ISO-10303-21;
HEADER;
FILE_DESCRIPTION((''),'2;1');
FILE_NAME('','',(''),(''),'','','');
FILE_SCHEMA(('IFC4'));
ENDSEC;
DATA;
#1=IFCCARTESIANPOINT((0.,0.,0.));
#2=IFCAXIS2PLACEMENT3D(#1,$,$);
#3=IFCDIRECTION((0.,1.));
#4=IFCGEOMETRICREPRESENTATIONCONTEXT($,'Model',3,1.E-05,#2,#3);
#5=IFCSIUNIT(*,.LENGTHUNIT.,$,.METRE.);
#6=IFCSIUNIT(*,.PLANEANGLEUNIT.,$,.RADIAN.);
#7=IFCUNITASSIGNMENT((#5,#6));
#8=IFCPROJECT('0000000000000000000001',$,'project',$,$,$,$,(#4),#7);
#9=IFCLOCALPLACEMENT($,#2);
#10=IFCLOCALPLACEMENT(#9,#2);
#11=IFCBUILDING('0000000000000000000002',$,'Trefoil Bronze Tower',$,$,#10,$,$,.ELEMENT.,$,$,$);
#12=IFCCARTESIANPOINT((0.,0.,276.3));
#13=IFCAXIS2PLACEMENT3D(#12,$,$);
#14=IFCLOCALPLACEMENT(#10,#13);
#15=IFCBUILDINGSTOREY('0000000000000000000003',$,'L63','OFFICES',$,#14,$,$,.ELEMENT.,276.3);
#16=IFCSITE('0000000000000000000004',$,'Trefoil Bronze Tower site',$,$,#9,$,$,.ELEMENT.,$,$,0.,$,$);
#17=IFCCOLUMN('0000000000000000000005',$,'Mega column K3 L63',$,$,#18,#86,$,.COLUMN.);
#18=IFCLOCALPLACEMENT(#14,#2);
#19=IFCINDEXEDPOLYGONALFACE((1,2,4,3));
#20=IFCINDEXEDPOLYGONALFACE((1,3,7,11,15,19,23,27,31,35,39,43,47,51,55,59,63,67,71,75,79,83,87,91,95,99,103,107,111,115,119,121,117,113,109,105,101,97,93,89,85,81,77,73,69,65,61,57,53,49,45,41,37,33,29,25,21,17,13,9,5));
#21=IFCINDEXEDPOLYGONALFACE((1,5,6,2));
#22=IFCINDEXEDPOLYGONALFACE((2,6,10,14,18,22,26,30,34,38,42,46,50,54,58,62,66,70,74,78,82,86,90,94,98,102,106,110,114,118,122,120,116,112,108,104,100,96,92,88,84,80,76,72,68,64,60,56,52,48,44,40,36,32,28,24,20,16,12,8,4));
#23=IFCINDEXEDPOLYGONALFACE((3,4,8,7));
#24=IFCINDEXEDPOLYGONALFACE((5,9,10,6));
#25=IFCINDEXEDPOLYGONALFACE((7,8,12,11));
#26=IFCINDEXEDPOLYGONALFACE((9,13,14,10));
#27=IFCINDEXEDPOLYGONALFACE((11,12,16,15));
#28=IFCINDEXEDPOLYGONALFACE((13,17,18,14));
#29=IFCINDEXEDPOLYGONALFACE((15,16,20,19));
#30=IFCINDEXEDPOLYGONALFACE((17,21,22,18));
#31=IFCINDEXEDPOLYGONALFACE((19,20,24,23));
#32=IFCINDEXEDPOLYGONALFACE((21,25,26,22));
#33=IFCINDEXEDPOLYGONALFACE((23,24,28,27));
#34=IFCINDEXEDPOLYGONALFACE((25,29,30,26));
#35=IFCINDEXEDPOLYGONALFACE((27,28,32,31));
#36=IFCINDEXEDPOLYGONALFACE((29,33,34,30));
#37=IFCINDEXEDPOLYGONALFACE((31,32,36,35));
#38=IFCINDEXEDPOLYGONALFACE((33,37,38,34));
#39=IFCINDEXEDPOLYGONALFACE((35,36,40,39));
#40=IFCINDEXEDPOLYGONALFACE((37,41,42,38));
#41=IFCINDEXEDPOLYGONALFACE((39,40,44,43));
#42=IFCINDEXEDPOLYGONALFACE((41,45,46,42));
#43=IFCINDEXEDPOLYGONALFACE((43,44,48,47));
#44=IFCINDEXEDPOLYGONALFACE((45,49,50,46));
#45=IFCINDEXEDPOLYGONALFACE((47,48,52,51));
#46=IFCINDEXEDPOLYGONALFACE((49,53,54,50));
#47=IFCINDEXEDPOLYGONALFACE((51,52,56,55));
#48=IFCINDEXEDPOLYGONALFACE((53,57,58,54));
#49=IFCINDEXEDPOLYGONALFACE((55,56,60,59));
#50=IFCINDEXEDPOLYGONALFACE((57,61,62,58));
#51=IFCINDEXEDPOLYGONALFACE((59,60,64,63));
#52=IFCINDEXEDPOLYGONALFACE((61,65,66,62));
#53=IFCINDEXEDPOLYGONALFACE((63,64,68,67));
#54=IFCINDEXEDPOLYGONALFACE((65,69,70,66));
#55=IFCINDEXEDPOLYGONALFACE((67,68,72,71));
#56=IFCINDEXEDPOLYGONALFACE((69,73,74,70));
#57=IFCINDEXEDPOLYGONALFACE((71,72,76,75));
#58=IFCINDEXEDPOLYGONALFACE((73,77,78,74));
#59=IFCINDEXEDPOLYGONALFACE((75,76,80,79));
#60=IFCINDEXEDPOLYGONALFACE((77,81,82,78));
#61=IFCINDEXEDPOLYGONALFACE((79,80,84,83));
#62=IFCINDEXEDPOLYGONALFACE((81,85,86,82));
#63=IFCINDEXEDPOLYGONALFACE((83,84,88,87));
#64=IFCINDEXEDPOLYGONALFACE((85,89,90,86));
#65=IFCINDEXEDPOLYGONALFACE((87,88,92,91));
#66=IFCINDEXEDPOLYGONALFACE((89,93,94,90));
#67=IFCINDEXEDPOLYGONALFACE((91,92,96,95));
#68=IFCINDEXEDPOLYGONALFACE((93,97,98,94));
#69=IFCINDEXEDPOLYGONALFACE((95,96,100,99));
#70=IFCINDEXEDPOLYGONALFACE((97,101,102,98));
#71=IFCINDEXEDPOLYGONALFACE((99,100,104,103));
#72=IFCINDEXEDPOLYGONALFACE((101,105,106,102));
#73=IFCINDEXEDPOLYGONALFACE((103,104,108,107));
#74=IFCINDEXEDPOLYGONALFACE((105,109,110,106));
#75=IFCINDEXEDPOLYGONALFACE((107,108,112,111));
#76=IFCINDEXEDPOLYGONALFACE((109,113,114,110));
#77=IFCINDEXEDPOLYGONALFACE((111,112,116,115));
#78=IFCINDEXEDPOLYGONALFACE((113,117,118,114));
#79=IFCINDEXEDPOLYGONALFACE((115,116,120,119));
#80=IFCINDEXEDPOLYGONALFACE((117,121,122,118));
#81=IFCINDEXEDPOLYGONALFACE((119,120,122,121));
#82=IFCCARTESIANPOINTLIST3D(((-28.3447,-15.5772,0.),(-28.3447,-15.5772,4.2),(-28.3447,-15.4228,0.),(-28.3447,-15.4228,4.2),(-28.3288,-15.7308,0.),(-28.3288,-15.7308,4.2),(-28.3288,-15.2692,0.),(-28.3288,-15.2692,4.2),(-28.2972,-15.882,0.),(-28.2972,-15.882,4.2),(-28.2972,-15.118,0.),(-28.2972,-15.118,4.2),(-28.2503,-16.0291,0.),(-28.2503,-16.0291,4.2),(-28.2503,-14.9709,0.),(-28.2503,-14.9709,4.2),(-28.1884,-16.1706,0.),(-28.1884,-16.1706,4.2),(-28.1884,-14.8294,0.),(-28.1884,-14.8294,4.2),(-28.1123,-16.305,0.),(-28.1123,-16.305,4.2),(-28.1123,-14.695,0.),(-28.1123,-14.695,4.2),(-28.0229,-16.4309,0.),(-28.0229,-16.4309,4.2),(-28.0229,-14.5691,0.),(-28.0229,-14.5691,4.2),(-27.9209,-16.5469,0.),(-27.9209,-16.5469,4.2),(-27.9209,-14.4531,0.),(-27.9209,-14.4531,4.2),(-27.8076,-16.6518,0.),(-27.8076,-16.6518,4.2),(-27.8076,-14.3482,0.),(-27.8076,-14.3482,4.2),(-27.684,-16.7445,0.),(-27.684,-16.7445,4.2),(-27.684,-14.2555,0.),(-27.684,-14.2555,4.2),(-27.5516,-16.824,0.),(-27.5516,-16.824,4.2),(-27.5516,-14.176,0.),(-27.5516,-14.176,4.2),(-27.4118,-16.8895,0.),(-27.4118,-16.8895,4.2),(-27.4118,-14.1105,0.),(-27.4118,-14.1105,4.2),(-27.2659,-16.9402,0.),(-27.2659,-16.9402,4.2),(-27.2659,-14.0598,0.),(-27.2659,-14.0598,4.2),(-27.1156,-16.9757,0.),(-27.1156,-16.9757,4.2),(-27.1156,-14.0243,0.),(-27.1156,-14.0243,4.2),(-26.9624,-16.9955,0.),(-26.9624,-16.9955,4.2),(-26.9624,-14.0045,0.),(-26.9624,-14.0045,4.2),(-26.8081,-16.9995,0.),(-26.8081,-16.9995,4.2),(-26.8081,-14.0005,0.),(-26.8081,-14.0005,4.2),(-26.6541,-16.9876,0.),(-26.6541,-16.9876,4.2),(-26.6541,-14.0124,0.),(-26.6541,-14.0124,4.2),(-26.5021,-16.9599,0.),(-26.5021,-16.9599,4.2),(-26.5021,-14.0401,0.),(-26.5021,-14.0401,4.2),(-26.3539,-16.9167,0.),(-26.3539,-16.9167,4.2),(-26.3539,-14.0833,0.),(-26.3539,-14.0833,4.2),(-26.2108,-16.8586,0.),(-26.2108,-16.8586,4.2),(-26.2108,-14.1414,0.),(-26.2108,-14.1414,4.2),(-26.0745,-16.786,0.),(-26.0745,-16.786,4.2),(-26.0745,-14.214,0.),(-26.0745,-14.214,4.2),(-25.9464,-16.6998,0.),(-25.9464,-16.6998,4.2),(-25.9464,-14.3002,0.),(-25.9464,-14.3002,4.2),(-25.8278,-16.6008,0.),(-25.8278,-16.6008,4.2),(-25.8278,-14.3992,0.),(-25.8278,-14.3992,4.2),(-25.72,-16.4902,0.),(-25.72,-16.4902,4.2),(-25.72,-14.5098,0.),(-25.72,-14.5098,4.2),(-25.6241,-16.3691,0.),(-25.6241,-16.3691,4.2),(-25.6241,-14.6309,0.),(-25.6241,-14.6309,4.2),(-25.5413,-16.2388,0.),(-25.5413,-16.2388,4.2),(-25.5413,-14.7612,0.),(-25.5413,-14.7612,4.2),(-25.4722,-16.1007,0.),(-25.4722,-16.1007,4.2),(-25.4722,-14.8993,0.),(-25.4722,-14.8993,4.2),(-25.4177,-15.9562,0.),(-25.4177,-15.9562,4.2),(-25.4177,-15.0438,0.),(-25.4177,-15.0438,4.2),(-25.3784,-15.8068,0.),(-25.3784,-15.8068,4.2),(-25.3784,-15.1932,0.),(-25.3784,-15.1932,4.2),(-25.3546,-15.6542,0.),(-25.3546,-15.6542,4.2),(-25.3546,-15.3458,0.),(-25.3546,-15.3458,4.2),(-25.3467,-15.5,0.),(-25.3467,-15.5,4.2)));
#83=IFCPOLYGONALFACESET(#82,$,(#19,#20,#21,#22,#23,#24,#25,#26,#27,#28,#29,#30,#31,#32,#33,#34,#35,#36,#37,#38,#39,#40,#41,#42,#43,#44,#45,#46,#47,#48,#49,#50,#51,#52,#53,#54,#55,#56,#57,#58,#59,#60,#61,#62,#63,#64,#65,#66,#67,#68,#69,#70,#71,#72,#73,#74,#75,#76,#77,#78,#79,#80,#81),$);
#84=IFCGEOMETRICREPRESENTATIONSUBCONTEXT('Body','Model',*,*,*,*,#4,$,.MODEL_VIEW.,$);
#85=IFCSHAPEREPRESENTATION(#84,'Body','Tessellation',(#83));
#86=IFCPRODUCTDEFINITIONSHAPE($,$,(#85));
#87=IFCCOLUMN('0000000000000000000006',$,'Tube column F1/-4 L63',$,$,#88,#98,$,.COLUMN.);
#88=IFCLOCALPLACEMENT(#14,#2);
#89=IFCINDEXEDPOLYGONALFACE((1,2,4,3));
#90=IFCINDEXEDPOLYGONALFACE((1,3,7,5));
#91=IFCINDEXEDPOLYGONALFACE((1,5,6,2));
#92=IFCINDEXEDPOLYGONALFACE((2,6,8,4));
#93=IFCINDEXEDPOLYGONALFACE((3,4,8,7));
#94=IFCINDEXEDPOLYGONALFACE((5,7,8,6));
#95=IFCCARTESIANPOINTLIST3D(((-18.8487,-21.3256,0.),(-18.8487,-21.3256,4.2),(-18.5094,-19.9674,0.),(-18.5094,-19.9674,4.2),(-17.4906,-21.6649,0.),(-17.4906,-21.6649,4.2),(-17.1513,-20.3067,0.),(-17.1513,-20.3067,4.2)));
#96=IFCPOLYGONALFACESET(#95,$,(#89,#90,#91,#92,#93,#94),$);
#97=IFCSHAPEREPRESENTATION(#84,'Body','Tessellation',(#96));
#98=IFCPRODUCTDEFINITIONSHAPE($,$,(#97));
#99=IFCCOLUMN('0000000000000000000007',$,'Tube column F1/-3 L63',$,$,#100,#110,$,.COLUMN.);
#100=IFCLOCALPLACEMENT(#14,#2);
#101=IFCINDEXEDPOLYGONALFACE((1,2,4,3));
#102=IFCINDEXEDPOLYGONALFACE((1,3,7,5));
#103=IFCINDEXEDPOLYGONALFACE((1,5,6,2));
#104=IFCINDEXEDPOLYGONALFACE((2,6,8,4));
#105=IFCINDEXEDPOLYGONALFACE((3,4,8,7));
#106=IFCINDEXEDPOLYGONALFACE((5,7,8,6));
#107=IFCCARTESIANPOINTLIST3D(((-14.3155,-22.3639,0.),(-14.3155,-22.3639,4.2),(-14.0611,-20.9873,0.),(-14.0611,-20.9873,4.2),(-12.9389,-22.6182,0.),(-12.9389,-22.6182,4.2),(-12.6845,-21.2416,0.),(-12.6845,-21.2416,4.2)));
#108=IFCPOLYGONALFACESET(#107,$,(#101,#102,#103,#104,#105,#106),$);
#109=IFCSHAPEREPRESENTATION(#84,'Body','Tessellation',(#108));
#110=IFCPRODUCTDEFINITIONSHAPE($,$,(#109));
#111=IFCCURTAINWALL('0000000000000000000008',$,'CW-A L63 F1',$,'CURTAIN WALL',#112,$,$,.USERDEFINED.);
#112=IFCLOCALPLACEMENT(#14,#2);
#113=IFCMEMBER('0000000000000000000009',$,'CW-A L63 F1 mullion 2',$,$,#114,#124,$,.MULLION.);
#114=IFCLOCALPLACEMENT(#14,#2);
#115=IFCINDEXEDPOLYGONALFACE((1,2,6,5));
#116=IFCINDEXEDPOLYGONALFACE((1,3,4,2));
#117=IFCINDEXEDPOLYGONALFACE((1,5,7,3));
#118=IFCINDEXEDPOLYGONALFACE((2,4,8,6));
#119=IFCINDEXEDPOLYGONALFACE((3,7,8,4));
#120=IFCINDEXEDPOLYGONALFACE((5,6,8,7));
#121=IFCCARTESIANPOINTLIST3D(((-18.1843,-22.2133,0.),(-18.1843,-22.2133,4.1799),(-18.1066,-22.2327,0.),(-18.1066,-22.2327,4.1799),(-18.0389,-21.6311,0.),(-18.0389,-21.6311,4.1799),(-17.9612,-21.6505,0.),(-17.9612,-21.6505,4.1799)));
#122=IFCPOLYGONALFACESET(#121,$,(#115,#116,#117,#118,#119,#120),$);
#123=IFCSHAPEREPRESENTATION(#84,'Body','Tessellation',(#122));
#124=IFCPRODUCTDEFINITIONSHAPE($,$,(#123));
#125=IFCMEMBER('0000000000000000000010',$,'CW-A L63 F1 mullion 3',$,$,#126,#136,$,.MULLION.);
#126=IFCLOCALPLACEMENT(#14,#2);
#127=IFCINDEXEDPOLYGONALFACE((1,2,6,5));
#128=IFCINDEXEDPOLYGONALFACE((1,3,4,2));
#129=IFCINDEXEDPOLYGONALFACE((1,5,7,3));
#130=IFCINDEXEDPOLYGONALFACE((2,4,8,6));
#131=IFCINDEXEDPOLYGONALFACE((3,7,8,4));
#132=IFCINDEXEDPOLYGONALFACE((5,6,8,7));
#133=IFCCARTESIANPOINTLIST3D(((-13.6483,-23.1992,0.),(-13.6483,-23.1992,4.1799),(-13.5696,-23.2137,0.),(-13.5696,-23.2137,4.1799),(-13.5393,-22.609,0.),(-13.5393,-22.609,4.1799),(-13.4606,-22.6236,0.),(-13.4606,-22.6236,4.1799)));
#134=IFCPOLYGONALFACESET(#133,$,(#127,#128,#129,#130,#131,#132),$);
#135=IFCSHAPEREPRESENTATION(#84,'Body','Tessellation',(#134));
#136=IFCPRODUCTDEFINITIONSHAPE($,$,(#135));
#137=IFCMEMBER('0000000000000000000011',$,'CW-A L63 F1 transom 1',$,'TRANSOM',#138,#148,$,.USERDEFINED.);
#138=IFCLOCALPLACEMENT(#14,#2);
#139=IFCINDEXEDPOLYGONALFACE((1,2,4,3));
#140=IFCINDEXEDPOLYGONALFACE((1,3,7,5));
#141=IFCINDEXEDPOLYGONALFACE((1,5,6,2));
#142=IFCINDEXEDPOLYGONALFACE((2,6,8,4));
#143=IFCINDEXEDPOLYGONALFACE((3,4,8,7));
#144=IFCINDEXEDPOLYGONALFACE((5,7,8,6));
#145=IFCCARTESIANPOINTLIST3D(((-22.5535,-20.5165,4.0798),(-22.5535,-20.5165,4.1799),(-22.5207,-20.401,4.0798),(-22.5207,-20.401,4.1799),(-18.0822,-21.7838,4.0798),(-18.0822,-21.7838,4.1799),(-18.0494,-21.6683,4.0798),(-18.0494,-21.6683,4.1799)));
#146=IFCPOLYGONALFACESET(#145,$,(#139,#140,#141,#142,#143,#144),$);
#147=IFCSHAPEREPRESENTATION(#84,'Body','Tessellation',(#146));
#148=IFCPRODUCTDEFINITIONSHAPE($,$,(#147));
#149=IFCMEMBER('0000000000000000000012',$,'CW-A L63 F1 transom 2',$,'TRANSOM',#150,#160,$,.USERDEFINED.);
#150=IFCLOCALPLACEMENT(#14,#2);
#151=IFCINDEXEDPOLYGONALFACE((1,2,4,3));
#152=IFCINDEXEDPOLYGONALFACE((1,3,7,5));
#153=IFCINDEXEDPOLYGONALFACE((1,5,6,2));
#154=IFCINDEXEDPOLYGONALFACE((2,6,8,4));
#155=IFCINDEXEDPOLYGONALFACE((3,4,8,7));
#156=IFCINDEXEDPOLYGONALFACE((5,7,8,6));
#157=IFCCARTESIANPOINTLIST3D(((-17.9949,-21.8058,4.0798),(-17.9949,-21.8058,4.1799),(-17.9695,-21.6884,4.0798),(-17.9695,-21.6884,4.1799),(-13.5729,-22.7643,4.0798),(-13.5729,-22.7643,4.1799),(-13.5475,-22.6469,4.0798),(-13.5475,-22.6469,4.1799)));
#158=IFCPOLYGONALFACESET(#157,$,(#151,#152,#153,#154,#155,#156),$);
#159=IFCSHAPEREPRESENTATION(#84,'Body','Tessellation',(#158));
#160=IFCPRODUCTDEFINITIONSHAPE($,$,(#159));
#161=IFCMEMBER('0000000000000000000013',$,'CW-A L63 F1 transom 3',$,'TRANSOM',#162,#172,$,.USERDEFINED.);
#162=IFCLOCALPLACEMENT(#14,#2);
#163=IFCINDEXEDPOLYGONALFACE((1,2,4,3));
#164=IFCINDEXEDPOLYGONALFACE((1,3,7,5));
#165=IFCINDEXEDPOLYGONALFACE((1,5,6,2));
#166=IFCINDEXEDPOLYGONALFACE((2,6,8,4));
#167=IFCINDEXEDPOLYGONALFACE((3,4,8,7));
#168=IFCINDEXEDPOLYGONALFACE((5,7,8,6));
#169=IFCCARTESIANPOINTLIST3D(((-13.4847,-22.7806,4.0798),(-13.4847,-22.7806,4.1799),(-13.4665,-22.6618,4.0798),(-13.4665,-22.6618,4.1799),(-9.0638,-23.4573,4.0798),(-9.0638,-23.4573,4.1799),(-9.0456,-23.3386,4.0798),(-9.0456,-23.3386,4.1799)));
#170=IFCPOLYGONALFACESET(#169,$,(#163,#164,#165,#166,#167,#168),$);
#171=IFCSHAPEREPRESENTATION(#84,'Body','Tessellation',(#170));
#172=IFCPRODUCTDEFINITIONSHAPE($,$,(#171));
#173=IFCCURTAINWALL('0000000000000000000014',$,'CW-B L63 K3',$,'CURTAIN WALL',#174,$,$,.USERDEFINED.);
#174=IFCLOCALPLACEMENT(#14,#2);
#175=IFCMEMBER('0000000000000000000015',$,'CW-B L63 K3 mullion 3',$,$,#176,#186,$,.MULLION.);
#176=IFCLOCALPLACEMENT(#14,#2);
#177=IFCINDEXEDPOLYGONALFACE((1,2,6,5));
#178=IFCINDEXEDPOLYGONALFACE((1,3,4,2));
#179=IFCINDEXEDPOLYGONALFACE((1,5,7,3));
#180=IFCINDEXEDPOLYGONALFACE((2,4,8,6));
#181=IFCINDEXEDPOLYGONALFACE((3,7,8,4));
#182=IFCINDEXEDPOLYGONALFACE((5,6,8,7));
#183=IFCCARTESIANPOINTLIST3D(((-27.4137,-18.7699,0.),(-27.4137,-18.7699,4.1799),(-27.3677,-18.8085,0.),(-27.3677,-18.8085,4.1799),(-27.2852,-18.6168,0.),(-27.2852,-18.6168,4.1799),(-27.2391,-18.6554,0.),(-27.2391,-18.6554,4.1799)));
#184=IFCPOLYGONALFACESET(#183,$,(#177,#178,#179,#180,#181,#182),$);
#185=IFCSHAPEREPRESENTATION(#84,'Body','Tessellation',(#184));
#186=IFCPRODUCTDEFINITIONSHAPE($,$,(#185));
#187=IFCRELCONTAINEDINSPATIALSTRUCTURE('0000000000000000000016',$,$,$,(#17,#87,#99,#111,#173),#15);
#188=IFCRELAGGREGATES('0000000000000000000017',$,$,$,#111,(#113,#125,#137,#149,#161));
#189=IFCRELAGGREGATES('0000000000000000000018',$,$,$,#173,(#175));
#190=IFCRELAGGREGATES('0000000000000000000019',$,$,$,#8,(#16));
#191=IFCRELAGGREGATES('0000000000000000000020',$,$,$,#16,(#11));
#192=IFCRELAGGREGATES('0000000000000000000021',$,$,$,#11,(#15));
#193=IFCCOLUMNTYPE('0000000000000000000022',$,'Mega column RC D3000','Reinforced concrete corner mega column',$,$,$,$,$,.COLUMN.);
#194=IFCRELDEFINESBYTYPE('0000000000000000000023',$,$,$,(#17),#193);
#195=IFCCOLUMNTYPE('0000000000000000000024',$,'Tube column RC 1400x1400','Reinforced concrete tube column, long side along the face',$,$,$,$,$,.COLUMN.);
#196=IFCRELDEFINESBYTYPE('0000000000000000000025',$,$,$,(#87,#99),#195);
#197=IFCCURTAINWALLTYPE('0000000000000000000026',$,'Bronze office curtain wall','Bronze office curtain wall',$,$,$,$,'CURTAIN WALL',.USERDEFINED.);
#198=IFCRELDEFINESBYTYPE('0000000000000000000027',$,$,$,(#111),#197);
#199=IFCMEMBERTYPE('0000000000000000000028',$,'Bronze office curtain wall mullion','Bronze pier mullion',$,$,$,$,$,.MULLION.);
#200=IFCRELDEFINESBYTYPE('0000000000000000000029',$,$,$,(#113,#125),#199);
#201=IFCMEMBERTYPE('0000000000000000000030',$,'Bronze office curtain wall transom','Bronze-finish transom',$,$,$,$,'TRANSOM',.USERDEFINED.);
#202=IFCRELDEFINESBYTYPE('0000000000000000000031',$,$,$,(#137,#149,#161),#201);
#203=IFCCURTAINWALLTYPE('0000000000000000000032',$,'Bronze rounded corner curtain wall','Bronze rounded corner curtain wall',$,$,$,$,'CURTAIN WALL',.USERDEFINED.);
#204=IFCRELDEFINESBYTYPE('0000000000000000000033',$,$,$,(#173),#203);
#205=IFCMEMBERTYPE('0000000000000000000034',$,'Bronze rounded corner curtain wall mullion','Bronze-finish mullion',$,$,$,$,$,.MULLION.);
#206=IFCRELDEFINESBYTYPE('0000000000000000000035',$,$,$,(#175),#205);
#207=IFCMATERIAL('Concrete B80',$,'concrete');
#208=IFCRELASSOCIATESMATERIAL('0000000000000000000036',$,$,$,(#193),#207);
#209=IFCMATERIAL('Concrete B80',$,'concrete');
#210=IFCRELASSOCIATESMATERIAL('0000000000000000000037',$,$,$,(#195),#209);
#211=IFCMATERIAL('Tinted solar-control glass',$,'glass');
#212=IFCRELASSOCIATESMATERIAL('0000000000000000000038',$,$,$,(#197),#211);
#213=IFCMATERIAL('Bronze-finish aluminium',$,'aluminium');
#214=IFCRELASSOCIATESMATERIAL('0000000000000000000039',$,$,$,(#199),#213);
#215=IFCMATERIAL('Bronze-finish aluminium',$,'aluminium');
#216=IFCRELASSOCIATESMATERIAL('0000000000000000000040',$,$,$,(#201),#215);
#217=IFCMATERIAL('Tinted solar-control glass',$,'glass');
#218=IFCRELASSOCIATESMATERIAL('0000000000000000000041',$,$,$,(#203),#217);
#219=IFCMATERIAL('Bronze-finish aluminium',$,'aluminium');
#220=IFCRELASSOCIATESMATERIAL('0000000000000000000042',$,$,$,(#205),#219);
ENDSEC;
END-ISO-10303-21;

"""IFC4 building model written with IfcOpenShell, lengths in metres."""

from ifc_helpers import new_model, si_unit, direction, frame, origin, origin_2d, place, context, subcontext, project, spatial, rectangle, circle, extrude, material, material_profile, profile_set, type_object, element, aggregate, save


model = new_model("IFC4")

# Units and contexts
model_context = context("Model", 3, precision=1e-05, world=origin(), true_north=direction((0.0, 1.0)))
body_context = subcontext(model_context, "Body", "Model", "MODEL_VIEW")
ifc_project = project(units=[si_unit("LENGTHUNIT", "METRE"), si_unit("PLANEANGLEUNIT", "RADIAN")], contexts=[model_context])

# Site, building, storey
site_placement = place(None, origin())
site = spatial("IfcSite", under=ifc_project, at=site_placement, Name="Trefoil Bronze Tower site", CompositionType="ELEMENT", RefElevation=0.0)
building_placement = place(site_placement, origin())
building = spatial("IfcBuilding", under=site, at=building_placement, Name="Trefoil Bronze Tower", CompositionType="ELEMENT")
storey_placement = place(building_placement, frame((0.0, 0.0, 276.3)))
storey = spatial("IfcBuildingStorey", under=building, at=storey_placement, Name="L63", Description="OFFICES", CompositionType="ELEMENT", Elevation=276.3)

# Columns
ifc_material_1 = material(Name="Concrete B80", Category="concrete")
ifc_material_profile_1 = material_profile(ifc_material_1, circle(Radius=1.5, at=origin_2d()), Name="RC D3000")
ifc_profile_set_1 = profile_set([ifc_material_profile_1], Name="Concrete B80")
column_type_1 = type_object("IfcColumnType", Name="Mega column RC D3000", Description="Reinforced concrete corner mega column", PredefinedType="COLUMN", material=ifc_profile_set_1)
column_placement = place(storey_placement, frame((-26.8467, -15.5, 0.0), z_axis=(0.0, 0.0, 1.0), x_axis=(1.0, 0.0, 0.0)))
element("IfcColumn", 1, at=column_placement, inside=storey, type_object=column_type_1, Name="Mega column K3 L63", PredefinedType="COLUMN", context=body_context, shape_type="SweptSolid", body=[
    extrude(circle(Radius=1.5, at=origin_2d()), origin(), (0.0, 0.0, 1.0), 4.2),
])
ifc_material_2 = material(Name="Concrete B80", Category="concrete")
ifc_material_profile_2 = material_profile(ifc_material_2, rectangle(XDim=1.3999, YDim=1.3999, at=origin_2d()), Name="RC 1400x1400")
ifc_profile_set_2 = profile_set([ifc_material_profile_2], Name="Concrete B80")
column_type_2 = type_object("IfcColumnType", Name="Tube column RC 1400x1400", Description="Reinforced concrete tube column, long side along the face", PredefinedType="COLUMN", material=ifc_profile_set_2)
for number, where, z_axis, x_axis, name in (
    (2, (-18.0, -20.8162, 0.0), (0.0, 0.0, 1.0), (0.970178, -0.242394, 0.0), "Tube column F1/-4 L63"),
    (3, (-13.5, -21.8027, 0.0), (0.0, 0.0, 1.0), (0.98336, -0.181667, 0.0), "Tube column F1/-3 L63"),
):
    element("IfcColumn", number, at=place(storey_placement, frame(where, z_axis=z_axis, x_axis=x_axis)), inside=storey, type_object=column_type_2, Name=name, PredefinedType="COLUMN", context=body_context, shape_type="SweptSolid", body=[
        extrude(rectangle(XDim=1.3999, YDim=1.3999, at=origin_2d()), origin(), (0.0, 0.0, 1.0), 4.2),
    ])

# Curtain walls, members
ifc_material_3 = material(Name="Tinted solar-control glass", Category="glass")
curtain_wall_type_1 = type_object("IfcCurtainWallType", Name="Bronze office curtain wall", Description="Bronze office curtain wall", ElementType="CURTAIN WALL", PredefinedType="USERDEFINED", material=ifc_material_3)
curtain_wall_1_placement = place(storey_placement, origin())
curtain_wall_1 = element("IfcCurtainWall", 4, at=curtain_wall_1_placement, inside=storey, type_object=curtain_wall_type_1, Name="CW-A L63 F1", ObjectType="CURTAIN WALL", PredefinedType="USERDEFINED")
ifc_material_4 = material(Name="Bronze-finish aluminium", Category="aluminium")
ifc_material_profile_3 = material_profile(ifc_material_4, rectangle(XDim=0.6001, YDim=0.0801, at=origin_2d()), Name="CW-A mullion")
ifc_profile_set_3 = profile_set([ifc_material_profile_3], Name="Bronze-finish aluminium")
member_type_1 = type_object("IfcMemberType", Name="Bronze office curtain wall mullion", Description="Bronze pier mullion", PredefinedType="MULLION", material=ifc_profile_set_3)
member_1_placement = place(storey_placement, frame((-18.0728, -21.9319, 0.0), z_axis=(0.0, 0.0, 1.0), x_axis=(0.242394, 0.970178, 0.0)))
member_1 = element("IfcMember", 5, at=member_1_placement, type_object=member_type_1, Name="CW-A L63 F1 mullion 2", PredefinedType="MULLION", context=body_context, shape_type="SweptSolid", body=[
    extrude(rectangle(XDim=0.6001, YDim=0.0801, at=origin_2d()), origin(), (0.0, 0.0, 1.0), 4.1799),
])
member_2_placement = place(storey_placement, frame((-13.5544, -22.9114, 0.0), z_axis=(0.0, 0.0, 1.0), x_axis=(0.181667, 0.98336, 0.0)))
member_2 = element("IfcMember", 6, at=member_2_placement, type_object=member_type_1, Name="CW-A L63 F1 mullion 3", PredefinedType="MULLION", context=body_context, shape_type="SweptSolid", body=[
    extrude(rectangle(XDim=0.6001, YDim=0.0801, at=origin_2d()), origin(), (0.0, 0.0, 1.0), 4.1799),
])
ifc_material_5 = material(Name="Bronze-finish aluminium", Category="aluminium")
ifc_material_profile_4 = material_profile(ifc_material_5, rectangle(XDim=0.1201, YDim=0.1001, at=origin_2d()), Name="CW-A transom")
ifc_profile_set_4 = profile_set([ifc_material_profile_4], Name="Bronze-finish aluminium")
member_type_2 = type_object("IfcMemberType", Name="Bronze office curtain wall transom", Description="Bronze-finish transom", ElementType="TRANSOM", PredefinedType="USERDEFINED", material=ifc_profile_set_4)
member_3_placement = place(storey_placement, frame((-22.5371, -20.4587, 4.1299), z_axis=(0.962103, -0.272688, 0.0), x_axis=(0.272688, 0.962103, 0.0)))
member_3 = element("IfcMember", 7, at=member_3_placement, type_object=member_type_2, Name="CW-A L63 F1 transom 1", ObjectType="TRANSOM", PredefinedType="USERDEFINED", context=body_context, shape_type="SweptSolid", body=[
    extrude(rectangle(XDim=0.1201, YDim=0.1001, at=origin_2d()), origin(), (0.0, 0.0, 1.0), 4.6475),
])
member_4_placement = place(storey_placement, frame((-17.9822, -21.7471, 4.1299), z_axis=(0.977304, -0.211843, 0.0), x_axis=(0.211843, 0.977304, 0.0)))
member_4 = element("IfcMember", 8, at=member_4_placement, type_object=member_type_2, Name="CW-A L63 F1 transom 2", ObjectType="TRANSOM", PredefinedType="USERDEFINED", context=body_context, shape_type="SweptSolid", body=[
    extrude(rectangle(XDim=0.1201, YDim=0.1001, at=origin_2d()), origin(), (0.0, 0.0, 1.0), 4.5247),
])
member_5_placement = place(storey_placement, frame((-13.4756, -22.7212, 4.1299), z_axis=(0.988485, -0.151319, 0.0), x_axis=(0.151319, 0.988485, 0.0)))
member_5 = element("IfcMember", 9, at=member_5_placement, type_object=member_type_2, Name="CW-A L63 F1 transom 3", ObjectType="TRANSOM", PredefinedType="USERDEFINED", context=body_context, shape_type="SweptSolid", body=[
    extrude(rectangle(XDim=0.1201, YDim=0.1001, at=origin_2d()), origin(), (0.0, 0.0, 1.0), 4.4724),
])
ifc_material_6 = material(Name="Tinted solar-control glass", Category="glass")
curtain_wall_type_2 = type_object("IfcCurtainWallType", Name="Bronze rounded corner curtain wall", Description="Bronze rounded corner curtain wall", ElementType="CURTAIN WALL", PredefinedType="USERDEFINED", material=ifc_material_6)
curtain_wall_2_placement = place(storey_placement, origin())
curtain_wall_2 = element("IfcCurtainWall", 10, at=curtain_wall_2_placement, inside=storey, type_object=curtain_wall_type_2, Name="CW-B L63 K3", ObjectType="CURTAIN WALL", PredefinedType="USERDEFINED")
ifc_material_7 = material(Name="Bronze-finish aluminium", Category="aluminium")
ifc_material_profile_5 = material_profile(ifc_material_7, rectangle(XDim=0.2, YDim=0.0601, at=origin_2d()), Name="CW-B mullion")
ifc_profile_set_5 = profile_set([ifc_material_profile_5], Name="Bronze-finish aluminium")
member_type_3 = type_object("IfcMemberType", Name="Bronze rounded corner curtain wall mullion", Description="Bronze-finish mullion", PredefinedType="MULLION", material=ifc_profile_set_5)
member_6_placement = place(storey_placement, frame((-27.3264, -18.7126, 0.0), z_axis=(0.0, 0.0, 1.0), x_axis=(0.642788, 0.766044, 0.0)))
member_6 = element("IfcMember", 11, at=member_6_placement, type_object=member_type_3, Name="CW-B L63 K3 mullion 3", PredefinedType="MULLION", context=body_context, shape_type="SweptSolid", body=[
    extrude(rectangle(XDim=0.2, YDim=0.0601, at=origin_2d()), origin(), (0.0, 0.0, 1.0), 4.1799),
])

aggregate(curtain_wall_1, [member_1, member_2, member_3, member_4, member_5])
aggregate(curtain_wall_2, [member_6])

save(model, "model.ifc")
